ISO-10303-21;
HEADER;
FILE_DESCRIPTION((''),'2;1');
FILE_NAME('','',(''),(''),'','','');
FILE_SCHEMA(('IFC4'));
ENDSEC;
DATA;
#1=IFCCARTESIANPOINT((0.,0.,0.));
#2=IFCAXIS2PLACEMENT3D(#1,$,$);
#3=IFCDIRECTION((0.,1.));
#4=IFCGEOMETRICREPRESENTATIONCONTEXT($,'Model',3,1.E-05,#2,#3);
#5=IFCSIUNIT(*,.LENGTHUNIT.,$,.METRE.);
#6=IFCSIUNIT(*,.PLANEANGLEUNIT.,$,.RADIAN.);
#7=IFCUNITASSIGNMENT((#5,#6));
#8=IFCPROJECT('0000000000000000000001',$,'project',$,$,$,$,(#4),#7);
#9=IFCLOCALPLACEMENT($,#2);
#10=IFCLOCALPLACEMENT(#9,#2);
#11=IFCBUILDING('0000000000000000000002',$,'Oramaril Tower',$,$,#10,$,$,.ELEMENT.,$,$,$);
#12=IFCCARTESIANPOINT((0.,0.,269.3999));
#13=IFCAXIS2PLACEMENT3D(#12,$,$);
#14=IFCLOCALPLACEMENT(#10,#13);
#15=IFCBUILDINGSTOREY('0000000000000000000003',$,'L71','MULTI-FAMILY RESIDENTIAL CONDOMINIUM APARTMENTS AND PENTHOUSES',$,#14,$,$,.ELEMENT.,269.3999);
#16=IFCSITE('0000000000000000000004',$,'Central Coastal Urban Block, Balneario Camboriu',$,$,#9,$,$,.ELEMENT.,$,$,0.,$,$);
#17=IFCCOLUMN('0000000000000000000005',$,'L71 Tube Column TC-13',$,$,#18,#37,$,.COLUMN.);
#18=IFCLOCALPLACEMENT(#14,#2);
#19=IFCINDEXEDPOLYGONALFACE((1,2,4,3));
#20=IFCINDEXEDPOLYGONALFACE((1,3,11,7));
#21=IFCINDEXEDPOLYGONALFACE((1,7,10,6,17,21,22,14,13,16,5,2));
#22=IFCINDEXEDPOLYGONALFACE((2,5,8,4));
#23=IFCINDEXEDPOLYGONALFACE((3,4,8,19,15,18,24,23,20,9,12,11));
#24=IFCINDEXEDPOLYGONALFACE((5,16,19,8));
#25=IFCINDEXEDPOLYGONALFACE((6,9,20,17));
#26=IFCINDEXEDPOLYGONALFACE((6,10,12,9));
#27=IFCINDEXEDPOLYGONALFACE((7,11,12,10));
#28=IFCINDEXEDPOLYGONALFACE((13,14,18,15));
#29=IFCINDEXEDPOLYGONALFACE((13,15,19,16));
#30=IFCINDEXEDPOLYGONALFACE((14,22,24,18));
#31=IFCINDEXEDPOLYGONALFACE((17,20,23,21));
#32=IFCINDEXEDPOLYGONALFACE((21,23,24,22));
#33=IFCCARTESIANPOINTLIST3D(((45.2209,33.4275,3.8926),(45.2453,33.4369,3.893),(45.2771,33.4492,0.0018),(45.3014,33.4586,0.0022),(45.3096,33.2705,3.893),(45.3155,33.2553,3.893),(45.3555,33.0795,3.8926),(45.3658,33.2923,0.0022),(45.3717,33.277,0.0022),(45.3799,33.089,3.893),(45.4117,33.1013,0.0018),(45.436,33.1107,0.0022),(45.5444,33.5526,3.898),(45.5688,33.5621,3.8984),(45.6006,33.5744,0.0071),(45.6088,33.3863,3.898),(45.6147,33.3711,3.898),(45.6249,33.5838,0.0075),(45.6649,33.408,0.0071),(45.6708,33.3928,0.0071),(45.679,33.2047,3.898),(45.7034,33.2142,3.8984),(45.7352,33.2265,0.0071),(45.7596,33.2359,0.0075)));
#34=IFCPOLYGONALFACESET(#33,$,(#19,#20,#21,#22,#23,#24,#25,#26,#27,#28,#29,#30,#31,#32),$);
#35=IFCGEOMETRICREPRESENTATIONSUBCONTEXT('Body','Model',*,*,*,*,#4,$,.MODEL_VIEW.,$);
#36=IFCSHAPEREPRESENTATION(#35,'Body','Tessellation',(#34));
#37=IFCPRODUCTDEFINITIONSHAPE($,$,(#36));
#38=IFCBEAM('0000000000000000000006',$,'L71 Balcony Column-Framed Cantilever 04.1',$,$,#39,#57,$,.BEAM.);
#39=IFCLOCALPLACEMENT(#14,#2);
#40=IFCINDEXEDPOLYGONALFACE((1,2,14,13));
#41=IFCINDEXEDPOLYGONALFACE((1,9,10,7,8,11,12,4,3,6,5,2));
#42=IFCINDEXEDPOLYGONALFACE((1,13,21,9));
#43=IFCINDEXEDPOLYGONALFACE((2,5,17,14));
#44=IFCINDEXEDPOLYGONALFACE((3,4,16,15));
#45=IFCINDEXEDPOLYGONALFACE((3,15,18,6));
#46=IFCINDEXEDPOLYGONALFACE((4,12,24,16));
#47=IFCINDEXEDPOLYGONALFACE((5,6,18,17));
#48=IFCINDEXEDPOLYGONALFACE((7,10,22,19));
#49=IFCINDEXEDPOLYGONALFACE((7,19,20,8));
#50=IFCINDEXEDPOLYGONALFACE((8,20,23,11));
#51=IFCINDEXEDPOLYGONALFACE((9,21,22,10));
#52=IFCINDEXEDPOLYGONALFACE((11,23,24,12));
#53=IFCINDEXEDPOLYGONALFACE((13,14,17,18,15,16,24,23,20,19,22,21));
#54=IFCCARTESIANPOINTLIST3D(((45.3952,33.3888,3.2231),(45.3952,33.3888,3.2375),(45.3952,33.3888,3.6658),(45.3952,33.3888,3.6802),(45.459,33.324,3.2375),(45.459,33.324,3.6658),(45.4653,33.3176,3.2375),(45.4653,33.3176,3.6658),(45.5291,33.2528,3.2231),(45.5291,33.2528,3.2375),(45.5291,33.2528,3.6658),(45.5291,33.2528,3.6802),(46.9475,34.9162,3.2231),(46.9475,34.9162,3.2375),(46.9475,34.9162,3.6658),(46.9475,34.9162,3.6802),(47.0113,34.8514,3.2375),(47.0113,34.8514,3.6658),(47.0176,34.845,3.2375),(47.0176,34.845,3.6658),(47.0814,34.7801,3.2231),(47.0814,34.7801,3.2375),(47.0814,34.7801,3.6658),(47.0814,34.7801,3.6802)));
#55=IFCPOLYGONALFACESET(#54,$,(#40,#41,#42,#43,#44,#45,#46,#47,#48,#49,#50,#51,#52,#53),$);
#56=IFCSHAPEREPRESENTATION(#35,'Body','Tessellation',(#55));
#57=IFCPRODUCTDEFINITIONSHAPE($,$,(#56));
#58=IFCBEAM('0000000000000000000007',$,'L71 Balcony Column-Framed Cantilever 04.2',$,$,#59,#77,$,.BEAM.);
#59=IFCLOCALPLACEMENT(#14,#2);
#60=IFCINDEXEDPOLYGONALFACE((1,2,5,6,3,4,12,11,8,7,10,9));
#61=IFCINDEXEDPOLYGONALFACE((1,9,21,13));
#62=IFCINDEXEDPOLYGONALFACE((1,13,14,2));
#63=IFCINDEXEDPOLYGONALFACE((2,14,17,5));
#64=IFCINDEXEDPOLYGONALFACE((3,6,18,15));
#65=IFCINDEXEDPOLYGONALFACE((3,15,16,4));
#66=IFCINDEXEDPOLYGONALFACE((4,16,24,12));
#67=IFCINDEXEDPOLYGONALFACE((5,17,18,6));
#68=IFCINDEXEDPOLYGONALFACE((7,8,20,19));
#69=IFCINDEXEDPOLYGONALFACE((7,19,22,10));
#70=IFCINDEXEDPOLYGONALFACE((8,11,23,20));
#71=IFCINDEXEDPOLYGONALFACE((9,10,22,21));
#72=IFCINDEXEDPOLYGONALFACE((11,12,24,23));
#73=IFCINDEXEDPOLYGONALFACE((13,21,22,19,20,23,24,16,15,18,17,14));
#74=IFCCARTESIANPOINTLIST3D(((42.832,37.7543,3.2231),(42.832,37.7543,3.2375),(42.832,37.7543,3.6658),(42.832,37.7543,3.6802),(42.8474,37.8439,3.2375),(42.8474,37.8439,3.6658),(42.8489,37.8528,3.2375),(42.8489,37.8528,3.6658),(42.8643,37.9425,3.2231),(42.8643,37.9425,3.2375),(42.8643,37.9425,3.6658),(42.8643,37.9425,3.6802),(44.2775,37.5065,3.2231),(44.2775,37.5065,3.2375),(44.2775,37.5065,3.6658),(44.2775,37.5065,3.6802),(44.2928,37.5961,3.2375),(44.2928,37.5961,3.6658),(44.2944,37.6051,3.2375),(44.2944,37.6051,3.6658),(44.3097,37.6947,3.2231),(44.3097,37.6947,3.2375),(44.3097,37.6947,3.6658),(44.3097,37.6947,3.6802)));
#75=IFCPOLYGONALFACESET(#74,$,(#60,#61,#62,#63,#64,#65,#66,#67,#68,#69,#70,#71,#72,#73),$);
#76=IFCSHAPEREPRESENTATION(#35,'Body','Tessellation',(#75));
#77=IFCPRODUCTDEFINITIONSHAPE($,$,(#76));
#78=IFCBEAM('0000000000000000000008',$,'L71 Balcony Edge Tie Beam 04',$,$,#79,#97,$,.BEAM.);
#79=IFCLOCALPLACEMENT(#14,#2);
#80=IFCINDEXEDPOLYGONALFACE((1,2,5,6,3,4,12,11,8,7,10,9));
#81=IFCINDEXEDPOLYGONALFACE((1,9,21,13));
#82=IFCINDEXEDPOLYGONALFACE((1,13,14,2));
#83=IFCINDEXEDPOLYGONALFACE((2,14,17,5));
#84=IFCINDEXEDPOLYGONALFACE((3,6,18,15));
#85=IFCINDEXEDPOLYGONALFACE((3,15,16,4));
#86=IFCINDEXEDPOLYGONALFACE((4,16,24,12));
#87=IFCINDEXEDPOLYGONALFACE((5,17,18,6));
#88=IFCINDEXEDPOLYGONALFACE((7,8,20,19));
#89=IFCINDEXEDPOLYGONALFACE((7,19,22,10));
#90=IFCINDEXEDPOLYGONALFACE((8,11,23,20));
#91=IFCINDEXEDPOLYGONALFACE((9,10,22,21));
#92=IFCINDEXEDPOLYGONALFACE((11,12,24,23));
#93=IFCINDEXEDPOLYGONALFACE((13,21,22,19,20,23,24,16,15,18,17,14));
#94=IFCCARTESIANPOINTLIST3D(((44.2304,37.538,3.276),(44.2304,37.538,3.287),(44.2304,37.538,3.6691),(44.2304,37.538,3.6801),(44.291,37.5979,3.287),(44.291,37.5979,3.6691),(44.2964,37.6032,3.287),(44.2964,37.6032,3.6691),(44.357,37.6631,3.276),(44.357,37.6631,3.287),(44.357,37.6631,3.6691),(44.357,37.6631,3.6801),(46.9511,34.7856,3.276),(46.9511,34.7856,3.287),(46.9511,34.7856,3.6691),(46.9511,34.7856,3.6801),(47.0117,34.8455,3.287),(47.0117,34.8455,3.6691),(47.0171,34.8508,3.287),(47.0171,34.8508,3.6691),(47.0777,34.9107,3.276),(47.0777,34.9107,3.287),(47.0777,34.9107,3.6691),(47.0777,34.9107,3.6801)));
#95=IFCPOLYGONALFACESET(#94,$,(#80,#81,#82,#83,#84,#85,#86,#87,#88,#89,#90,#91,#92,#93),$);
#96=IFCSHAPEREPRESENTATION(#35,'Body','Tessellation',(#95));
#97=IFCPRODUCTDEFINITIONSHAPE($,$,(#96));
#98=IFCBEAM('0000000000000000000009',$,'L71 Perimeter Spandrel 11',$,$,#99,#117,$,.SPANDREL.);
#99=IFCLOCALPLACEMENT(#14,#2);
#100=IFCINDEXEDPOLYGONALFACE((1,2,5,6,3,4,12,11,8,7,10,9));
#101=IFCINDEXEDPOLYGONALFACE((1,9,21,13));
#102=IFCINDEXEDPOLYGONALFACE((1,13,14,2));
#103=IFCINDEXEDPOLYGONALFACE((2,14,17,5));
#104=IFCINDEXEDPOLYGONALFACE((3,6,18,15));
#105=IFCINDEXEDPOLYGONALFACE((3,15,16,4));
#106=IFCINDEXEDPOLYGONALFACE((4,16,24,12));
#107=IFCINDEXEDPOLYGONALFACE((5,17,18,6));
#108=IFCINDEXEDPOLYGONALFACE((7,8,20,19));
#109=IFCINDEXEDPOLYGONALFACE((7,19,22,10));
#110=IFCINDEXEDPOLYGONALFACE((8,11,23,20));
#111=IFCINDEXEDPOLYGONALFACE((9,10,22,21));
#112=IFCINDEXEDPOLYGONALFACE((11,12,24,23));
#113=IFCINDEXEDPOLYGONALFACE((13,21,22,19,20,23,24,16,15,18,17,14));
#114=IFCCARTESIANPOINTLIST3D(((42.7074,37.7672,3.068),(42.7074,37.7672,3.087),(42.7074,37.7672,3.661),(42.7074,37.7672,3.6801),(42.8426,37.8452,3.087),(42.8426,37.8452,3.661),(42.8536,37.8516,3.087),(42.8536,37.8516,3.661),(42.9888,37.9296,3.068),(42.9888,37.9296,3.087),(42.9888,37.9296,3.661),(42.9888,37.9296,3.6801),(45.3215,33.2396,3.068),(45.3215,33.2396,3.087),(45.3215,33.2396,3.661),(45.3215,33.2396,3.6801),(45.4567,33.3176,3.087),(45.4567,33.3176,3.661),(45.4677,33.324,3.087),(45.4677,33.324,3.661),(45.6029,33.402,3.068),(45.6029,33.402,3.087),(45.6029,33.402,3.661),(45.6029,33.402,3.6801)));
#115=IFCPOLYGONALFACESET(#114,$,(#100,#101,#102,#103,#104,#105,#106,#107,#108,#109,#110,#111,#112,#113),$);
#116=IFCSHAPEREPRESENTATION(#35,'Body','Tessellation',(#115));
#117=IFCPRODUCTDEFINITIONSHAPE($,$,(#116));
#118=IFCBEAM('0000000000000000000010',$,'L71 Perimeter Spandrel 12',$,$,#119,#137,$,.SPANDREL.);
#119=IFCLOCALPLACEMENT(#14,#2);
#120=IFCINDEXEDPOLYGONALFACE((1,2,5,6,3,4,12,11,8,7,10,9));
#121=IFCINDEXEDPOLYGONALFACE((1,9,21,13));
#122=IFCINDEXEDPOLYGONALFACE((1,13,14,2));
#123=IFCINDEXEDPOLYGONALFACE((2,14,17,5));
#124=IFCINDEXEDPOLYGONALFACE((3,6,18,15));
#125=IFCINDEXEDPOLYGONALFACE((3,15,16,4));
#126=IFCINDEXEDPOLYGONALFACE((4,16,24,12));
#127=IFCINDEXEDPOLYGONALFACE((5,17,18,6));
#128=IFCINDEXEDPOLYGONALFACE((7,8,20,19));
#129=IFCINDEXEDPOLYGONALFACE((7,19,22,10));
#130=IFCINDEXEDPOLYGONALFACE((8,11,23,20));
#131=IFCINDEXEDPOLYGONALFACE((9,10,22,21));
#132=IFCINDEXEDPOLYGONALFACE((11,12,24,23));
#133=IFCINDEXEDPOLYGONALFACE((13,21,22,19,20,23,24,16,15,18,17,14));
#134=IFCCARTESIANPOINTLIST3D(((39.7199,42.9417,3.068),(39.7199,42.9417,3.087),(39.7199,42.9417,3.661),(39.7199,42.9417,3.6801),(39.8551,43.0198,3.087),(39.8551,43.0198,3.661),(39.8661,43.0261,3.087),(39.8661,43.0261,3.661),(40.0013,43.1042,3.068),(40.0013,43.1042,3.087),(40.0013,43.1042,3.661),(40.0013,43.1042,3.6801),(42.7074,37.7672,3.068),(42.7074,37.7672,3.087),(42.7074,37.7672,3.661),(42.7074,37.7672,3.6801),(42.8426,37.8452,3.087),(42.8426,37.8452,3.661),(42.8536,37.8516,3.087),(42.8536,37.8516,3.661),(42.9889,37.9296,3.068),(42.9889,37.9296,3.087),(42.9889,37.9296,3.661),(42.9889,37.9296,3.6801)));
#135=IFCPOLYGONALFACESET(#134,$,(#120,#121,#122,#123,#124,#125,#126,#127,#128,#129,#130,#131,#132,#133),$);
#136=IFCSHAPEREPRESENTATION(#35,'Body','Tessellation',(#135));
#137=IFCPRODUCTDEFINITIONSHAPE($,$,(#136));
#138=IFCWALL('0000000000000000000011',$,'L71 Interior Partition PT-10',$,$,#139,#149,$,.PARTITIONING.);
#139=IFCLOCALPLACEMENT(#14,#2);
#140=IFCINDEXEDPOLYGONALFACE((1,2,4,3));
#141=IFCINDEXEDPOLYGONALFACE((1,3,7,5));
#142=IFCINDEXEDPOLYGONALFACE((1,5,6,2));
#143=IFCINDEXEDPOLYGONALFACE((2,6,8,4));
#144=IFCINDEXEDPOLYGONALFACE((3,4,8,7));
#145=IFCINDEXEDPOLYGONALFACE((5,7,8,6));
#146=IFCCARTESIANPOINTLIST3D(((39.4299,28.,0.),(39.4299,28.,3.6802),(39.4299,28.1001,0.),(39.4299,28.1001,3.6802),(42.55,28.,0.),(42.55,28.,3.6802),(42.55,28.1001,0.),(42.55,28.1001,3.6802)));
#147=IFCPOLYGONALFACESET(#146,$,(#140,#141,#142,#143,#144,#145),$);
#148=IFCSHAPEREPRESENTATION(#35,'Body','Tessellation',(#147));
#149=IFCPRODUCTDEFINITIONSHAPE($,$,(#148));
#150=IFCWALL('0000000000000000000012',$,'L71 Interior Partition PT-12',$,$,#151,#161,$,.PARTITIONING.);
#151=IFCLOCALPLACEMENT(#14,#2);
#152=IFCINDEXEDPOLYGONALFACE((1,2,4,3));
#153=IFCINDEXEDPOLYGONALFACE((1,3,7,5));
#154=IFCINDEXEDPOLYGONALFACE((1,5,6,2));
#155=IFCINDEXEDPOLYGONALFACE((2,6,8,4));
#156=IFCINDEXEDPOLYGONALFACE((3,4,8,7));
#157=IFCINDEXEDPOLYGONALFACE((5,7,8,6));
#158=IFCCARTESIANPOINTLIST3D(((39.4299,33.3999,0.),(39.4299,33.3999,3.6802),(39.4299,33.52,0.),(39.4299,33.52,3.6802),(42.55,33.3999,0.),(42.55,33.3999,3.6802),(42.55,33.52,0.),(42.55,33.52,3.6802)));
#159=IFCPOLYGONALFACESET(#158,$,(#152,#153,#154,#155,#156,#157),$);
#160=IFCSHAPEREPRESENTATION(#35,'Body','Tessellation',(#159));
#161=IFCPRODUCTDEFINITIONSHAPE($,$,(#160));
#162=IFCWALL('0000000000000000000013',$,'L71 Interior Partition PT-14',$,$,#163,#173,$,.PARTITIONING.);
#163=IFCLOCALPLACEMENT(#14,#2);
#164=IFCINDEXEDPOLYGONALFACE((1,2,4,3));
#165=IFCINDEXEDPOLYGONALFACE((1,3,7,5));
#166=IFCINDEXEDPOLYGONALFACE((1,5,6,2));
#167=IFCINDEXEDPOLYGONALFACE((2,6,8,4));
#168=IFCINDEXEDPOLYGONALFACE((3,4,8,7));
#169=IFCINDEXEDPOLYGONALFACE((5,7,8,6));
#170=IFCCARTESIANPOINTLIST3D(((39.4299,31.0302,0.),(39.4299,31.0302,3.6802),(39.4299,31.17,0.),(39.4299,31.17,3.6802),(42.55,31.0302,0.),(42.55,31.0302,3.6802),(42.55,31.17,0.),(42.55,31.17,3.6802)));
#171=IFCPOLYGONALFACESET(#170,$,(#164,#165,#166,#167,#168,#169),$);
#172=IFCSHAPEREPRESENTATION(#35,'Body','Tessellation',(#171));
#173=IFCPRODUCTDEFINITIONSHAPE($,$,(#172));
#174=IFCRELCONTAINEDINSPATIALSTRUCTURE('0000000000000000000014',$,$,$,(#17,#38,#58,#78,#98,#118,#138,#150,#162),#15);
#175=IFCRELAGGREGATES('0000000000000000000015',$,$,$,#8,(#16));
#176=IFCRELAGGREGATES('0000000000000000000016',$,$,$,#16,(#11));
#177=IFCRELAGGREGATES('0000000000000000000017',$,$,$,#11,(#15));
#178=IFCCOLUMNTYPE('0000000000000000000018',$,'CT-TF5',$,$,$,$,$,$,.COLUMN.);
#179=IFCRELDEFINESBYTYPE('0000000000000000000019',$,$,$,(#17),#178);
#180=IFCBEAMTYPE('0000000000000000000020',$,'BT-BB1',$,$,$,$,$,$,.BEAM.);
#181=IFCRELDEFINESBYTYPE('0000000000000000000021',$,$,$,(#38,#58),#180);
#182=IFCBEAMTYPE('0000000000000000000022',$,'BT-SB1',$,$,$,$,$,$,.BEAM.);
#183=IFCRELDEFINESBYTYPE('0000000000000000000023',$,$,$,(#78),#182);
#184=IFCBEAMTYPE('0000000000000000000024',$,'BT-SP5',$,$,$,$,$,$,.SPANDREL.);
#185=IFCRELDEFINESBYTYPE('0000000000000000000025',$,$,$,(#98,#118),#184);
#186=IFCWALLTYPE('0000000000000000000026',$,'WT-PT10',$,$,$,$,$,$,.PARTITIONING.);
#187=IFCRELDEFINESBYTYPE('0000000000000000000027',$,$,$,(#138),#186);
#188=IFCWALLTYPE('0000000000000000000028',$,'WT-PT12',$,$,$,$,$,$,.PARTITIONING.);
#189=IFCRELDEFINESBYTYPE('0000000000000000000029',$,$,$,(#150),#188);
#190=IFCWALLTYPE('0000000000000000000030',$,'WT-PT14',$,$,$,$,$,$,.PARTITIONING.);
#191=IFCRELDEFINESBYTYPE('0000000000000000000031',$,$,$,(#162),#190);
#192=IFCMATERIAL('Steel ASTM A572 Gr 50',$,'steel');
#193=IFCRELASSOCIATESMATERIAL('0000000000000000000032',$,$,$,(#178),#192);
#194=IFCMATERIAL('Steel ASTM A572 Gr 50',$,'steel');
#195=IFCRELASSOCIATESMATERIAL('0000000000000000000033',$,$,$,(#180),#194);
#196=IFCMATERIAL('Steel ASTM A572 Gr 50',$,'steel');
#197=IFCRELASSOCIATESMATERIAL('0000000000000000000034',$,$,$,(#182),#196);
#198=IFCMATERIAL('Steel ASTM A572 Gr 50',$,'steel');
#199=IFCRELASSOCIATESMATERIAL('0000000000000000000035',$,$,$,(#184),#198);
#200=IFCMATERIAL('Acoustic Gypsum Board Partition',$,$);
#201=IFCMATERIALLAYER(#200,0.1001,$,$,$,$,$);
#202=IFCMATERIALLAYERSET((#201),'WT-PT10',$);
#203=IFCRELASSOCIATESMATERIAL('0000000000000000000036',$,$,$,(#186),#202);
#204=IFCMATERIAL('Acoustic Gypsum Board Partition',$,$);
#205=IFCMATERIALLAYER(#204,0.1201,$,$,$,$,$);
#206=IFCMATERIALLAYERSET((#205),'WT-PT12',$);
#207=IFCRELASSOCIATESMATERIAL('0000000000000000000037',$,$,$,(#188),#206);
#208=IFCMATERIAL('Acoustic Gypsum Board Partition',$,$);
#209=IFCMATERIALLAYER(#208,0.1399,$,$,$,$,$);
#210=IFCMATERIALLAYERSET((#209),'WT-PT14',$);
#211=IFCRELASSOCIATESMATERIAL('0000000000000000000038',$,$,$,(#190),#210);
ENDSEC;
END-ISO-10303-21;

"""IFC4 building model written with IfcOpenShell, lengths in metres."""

from ifc_helpers import new_model, si_unit, direction, frame, frame_2d, origin, origin_2d, place, context, subcontext, project, spatial, rectangle, i_section, extrude, material, layer, layer_set, material_profile, profile_set, type_object, element, save


model = new_model("IFC4")

# Units and contexts
model_context = context("Model", 3, precision=1e-05, world=origin(), true_north=direction((0.0, 1.0)))
body_context = subcontext(model_context, "Body", "Model", "MODEL_VIEW")
ifc_project = project(units=[si_unit("LENGTHUNIT", "METRE"), si_unit("PLANEANGLEUNIT", "RADIAN")], contexts=[model_context])

# Site, building, storey
site_placement = place(None, origin())
site = spatial("IfcSite", under=ifc_project, at=site_placement, Name="Central Coastal Urban Block, Balneario Camboriu", CompositionType="ELEMENT", RefElevation=0.0)
building_placement = place(site_placement, origin())
building = spatial("IfcBuilding", under=site, at=building_placement, Name="Oramaril Tower", CompositionType="ELEMENT")
storey_placement = place(building_placement, frame((0.0, 0.0, 269.3999)))
storey = spatial("IfcBuildingStorey", under=building, at=storey_placement, Name="L71", Description="MULTI-FAMILY RESIDENTIAL CONDOMINIUM APARTMENTS AND PENTHOUSES", CompositionType="ELEMENT", Elevation=269.3999)

# Column
ifc_material_1 = material(Name="Steel ASTM A572 Gr 50", Category="steel")
ifc_material_profile_1 = material_profile(ifc_material_1, i_section(OverallWidth=0.373, OverallDepth=0.373, WebThickness=0.0164, FlangeThickness=0.0261, at=origin_2d()), Name="W14X132")
ifc_profile_set_1 = profile_set([ifc_material_profile_1], Name="Steel ASTM A572 Gr 50")
column_type = type_object("IfcColumnType", Name="CT-TF5", PredefinedType="COLUMN", material=ifc_profile_set_1)
column_placement = place(storey_placement, frame((45.5183, 33.3425, 0.0046), z_axis=(-0.01443, -0.005584, 0.99988), x_axis=(0.36088, -0.932612, 0.0)))
element("IfcColumn", 1, at=column_placement, inside=storey, type_object=column_type, Name="L71 Tube Column TC-13", PredefinedType="COLUMN", context=body_context, shape_type="SweptSolid", body=[
    extrude(i_section(OverallWidth=0.373, OverallDepth=0.373, WebThickness=0.0164, FlangeThickness=0.0261, at=origin_2d()), origin(), (0.0, 0.0, 1.0), 3.8914),
])

# Beams
ifc_material_2 = material(Name="Steel ASTM A572 Gr 50", Category="steel")
ifc_material_profile_2 = material_profile(ifc_material_2, i_section(OverallWidth=0.1909, OverallDepth=0.457, WebThickness=0.009, FlangeThickness=0.0144, at=origin_2d()), Name="W18X50")
ifc_profile_set_2 = profile_set([ifc_material_profile_2], Name="Steel ASTM A572 Gr 50")
beam_type_1 = type_object("IfcBeamType", Name="BT-BB1", PredefinedType="BEAM", material=ifc_profile_set_2)
beam_1_placement = place(storey_placement, frame((45.4622, 33.3208, 3.4517), z_axis=(0.712801, 0.701366, 0.0), x_axis=(-0.701366, 0.712801, 0.0)))
element("IfcBeam", 2, at=beam_1_placement, inside=storey, type_object=beam_type_1, Name="L71 Balcony Column-Framed Cantilever 04.1", PredefinedType="BEAM", context=body_context, shape_type="SweptSolid", body=[
    extrude(i_section(OverallWidth=0.1909, OverallDepth=0.457, WebThickness=0.009, FlangeThickness=0.0144, at=origin_2d()), origin(), (0.0, 0.0, 1.0), 2.1777),
])
beam_2_placement = place(storey_placement, frame((42.8481, 37.8484, 3.4517), z_axis=(0.985623, -0.168959, 0.0), x_axis=(0.168959, 0.985623, 0.0)))
element("IfcBeam", 3, at=beam_2_placement, inside=storey, type_object=beam_type_1, Name="L71 Balcony Column-Framed Cantilever 04.2", PredefinedType="BEAM", context=body_context, shape_type="SweptSolid", body=[
    extrude(i_section(OverallWidth=0.1909, OverallDepth=0.457, WebThickness=0.009, FlangeThickness=0.0144, at=origin_2d()), origin(), (0.0, 0.0, 1.0), 1.4666),
])
ifc_material_3 = material(Name="Steel ASTM A572 Gr 50", Category="steel")
ifc_material_profile_3 = material_profile(ifc_material_3, i_section(OverallWidth=0.178, OverallDepth=0.4041, WebThickness=0.0076, FlangeThickness=0.011, at=origin_2d()), Name="W16X36")
ifc_profile_set_3 = profile_set([ifc_material_profile_3], Name="Steel ASTM A572 Gr 50")
beam_type_2 = type_object("IfcBeamType", Name="BT-SB1", PredefinedType="BEAM", material=ifc_profile_set_3)
beam_3_placement = place(storey_placement, frame((47.0144, 34.8481, 3.478), z_axis=(-0.702995, 0.711195, 0.0), x_axis=(-0.711195, -0.702995, 0.0)))
element("IfcBeam", 4, at=beam_3_placement, inside=storey, type_object=beam_type_2, Name="L71 Balcony Edge Tie Beam 04", PredefinedType="BEAM", context=body_context, shape_type="SweptSolid", body=[
    extrude(i_section(OverallWidth=0.178, OverallDepth=0.4041, WebThickness=0.0076, FlangeThickness=0.011, at=origin_2d()), origin(), (0.0, 0.0, 1.0), 3.8701),
])
ifc_material_4 = material(Name="Steel ASTM A572 Gr 50", Category="steel")
ifc_material_profile_4 = material_profile(ifc_material_4, i_section(OverallWidth=0.325, OverallDepth=0.6121, WebThickness=0.0127, FlangeThickness=0.019, at=origin_2d()), Name="W24X104")
ifc_profile_set_4 = profile_set([ifc_material_profile_4], Name="Steel ASTM A572 Gr 50")
beam_type_3 = type_object("IfcBeamType", Name="BT-SP5", PredefinedType="SPANDREL", material=ifc_profile_set_4)
beam_4_placement = place(storey_placement, frame((45.4622, 33.3208, 3.374), z_axis=(-0.500001, 0.866025, 0.0), x_axis=(-0.866025, -0.500001, 0.0)))
element("IfcBeam", 5, at=beam_4_placement, inside=storey, type_object=beam_type_3, Name="L71 Perimeter Spandrel 11", PredefinedType="SPANDREL", context=body_context, shape_type="SweptSolid", body=[
    extrude(i_section(OverallWidth=0.325, OverallDepth=0.6121, WebThickness=0.0127, FlangeThickness=0.019, at=origin_2d()), origin(), (0.0, 0.0, 1.0), 5.228),
])
beam_5_placement = place(storey_placement, frame((42.8481, 37.8484, 3.374), z_axis=(-0.500002, 0.866024, 0.0), x_axis=(-0.866024, -0.500002, 0.0)))
element("IfcBeam", 6, at=beam_5_placement, inside=storey, type_object=beam_type_3, Name="L71 Perimeter Spandrel 12", PredefinedType="SPANDREL", context=body_context, shape_type="SweptSolid", body=[
    extrude(i_section(OverallWidth=0.325, OverallDepth=0.6121, WebThickness=0.0127, FlangeThickness=0.019, at=origin_2d()), origin(), (0.0, 0.0, 1.0), 5.9751),
])

# Walls
ifc_material_5 = material(Name="Acoustic Gypsum Board Partition")
ifc_layer_1 = layer(ifc_material_5, 0.1001)
ifc_layer_set_1 = layer_set([ifc_layer_1], Name="WT-PT10")
wall_type_1 = type_object("IfcWallType", Name="WT-PT10", PredefinedType="PARTITIONING", material=ifc_layer_set_1)
wall_1_placement = place(storey_placement, frame((39.4299, 28.05, 0.0), z_axis=(0.0, 0.0, 1.0), x_axis=(1.0, 0.0, 0.0)))
element("IfcWall", 7, at=wall_1_placement, inside=storey, type_object=wall_type_1, Name="L71 Interior Partition PT-10", PredefinedType="PARTITIONING", context=body_context, shape_type="SweptSolid", body=[
    extrude(rectangle(XDim=3.1201, YDim=0.1001, at=frame_2d((1.5601, 0.0))), origin(), (0.0, 0.0, 1.0), 3.6802),
])
ifc_material_6 = material(Name="Acoustic Gypsum Board Partition")
ifc_layer_2 = layer(ifc_material_6, 0.1201)
ifc_layer_set_2 = layer_set([ifc_layer_2], Name="WT-PT12")
wall_type_2 = type_object("IfcWallType", Name="WT-PT12", PredefinedType="PARTITIONING", material=ifc_layer_set_2)
wall_2_placement = place(storey_placement, frame((39.4299, 33.46, 0.0), z_axis=(0.0, 0.0, 1.0), x_axis=(1.0, 0.0, 0.0)))
element("IfcWall", 8, at=wall_2_placement, inside=storey, type_object=wall_type_2, Name="L71 Interior Partition PT-12", PredefinedType="PARTITIONING", context=body_context, shape_type="SweptSolid", body=[
    extrude(rectangle(XDim=3.1201, YDim=0.1201, at=frame_2d((1.5601, 0.0))), origin(), (0.0, 0.0, 1.0), 3.6802),
])
ifc_material_7 = material(Name="Acoustic Gypsum Board Partition")
ifc_layer_3 = layer(ifc_material_7, 0.1399)
ifc_layer_set_3 = layer_set([ifc_layer_3], Name="WT-PT14")
wall_type_3 = type_object("IfcWallType", Name="WT-PT14", PredefinedType="PARTITIONING", material=ifc_layer_set_3)
wall_3_placement = place(storey_placement, frame((39.4299, 31.1001, 0.0), z_axis=(0.0, 0.0, 1.0), x_axis=(1.0, 0.0, 0.0)))
element("IfcWall", 9, at=wall_3_placement, inside=storey, type_object=wall_type_3, Name="L71 Interior Partition PT-14", PredefinedType="PARTITIONING", context=body_context, shape_type="SweptSolid", body=[
    extrude(rectangle(XDim=3.1201, YDim=0.1399, at=frame_2d((1.5601, 0.0))), origin(), (0.0, 0.0, 1.0), 3.6802),
])

save(model, "model.ifc")
